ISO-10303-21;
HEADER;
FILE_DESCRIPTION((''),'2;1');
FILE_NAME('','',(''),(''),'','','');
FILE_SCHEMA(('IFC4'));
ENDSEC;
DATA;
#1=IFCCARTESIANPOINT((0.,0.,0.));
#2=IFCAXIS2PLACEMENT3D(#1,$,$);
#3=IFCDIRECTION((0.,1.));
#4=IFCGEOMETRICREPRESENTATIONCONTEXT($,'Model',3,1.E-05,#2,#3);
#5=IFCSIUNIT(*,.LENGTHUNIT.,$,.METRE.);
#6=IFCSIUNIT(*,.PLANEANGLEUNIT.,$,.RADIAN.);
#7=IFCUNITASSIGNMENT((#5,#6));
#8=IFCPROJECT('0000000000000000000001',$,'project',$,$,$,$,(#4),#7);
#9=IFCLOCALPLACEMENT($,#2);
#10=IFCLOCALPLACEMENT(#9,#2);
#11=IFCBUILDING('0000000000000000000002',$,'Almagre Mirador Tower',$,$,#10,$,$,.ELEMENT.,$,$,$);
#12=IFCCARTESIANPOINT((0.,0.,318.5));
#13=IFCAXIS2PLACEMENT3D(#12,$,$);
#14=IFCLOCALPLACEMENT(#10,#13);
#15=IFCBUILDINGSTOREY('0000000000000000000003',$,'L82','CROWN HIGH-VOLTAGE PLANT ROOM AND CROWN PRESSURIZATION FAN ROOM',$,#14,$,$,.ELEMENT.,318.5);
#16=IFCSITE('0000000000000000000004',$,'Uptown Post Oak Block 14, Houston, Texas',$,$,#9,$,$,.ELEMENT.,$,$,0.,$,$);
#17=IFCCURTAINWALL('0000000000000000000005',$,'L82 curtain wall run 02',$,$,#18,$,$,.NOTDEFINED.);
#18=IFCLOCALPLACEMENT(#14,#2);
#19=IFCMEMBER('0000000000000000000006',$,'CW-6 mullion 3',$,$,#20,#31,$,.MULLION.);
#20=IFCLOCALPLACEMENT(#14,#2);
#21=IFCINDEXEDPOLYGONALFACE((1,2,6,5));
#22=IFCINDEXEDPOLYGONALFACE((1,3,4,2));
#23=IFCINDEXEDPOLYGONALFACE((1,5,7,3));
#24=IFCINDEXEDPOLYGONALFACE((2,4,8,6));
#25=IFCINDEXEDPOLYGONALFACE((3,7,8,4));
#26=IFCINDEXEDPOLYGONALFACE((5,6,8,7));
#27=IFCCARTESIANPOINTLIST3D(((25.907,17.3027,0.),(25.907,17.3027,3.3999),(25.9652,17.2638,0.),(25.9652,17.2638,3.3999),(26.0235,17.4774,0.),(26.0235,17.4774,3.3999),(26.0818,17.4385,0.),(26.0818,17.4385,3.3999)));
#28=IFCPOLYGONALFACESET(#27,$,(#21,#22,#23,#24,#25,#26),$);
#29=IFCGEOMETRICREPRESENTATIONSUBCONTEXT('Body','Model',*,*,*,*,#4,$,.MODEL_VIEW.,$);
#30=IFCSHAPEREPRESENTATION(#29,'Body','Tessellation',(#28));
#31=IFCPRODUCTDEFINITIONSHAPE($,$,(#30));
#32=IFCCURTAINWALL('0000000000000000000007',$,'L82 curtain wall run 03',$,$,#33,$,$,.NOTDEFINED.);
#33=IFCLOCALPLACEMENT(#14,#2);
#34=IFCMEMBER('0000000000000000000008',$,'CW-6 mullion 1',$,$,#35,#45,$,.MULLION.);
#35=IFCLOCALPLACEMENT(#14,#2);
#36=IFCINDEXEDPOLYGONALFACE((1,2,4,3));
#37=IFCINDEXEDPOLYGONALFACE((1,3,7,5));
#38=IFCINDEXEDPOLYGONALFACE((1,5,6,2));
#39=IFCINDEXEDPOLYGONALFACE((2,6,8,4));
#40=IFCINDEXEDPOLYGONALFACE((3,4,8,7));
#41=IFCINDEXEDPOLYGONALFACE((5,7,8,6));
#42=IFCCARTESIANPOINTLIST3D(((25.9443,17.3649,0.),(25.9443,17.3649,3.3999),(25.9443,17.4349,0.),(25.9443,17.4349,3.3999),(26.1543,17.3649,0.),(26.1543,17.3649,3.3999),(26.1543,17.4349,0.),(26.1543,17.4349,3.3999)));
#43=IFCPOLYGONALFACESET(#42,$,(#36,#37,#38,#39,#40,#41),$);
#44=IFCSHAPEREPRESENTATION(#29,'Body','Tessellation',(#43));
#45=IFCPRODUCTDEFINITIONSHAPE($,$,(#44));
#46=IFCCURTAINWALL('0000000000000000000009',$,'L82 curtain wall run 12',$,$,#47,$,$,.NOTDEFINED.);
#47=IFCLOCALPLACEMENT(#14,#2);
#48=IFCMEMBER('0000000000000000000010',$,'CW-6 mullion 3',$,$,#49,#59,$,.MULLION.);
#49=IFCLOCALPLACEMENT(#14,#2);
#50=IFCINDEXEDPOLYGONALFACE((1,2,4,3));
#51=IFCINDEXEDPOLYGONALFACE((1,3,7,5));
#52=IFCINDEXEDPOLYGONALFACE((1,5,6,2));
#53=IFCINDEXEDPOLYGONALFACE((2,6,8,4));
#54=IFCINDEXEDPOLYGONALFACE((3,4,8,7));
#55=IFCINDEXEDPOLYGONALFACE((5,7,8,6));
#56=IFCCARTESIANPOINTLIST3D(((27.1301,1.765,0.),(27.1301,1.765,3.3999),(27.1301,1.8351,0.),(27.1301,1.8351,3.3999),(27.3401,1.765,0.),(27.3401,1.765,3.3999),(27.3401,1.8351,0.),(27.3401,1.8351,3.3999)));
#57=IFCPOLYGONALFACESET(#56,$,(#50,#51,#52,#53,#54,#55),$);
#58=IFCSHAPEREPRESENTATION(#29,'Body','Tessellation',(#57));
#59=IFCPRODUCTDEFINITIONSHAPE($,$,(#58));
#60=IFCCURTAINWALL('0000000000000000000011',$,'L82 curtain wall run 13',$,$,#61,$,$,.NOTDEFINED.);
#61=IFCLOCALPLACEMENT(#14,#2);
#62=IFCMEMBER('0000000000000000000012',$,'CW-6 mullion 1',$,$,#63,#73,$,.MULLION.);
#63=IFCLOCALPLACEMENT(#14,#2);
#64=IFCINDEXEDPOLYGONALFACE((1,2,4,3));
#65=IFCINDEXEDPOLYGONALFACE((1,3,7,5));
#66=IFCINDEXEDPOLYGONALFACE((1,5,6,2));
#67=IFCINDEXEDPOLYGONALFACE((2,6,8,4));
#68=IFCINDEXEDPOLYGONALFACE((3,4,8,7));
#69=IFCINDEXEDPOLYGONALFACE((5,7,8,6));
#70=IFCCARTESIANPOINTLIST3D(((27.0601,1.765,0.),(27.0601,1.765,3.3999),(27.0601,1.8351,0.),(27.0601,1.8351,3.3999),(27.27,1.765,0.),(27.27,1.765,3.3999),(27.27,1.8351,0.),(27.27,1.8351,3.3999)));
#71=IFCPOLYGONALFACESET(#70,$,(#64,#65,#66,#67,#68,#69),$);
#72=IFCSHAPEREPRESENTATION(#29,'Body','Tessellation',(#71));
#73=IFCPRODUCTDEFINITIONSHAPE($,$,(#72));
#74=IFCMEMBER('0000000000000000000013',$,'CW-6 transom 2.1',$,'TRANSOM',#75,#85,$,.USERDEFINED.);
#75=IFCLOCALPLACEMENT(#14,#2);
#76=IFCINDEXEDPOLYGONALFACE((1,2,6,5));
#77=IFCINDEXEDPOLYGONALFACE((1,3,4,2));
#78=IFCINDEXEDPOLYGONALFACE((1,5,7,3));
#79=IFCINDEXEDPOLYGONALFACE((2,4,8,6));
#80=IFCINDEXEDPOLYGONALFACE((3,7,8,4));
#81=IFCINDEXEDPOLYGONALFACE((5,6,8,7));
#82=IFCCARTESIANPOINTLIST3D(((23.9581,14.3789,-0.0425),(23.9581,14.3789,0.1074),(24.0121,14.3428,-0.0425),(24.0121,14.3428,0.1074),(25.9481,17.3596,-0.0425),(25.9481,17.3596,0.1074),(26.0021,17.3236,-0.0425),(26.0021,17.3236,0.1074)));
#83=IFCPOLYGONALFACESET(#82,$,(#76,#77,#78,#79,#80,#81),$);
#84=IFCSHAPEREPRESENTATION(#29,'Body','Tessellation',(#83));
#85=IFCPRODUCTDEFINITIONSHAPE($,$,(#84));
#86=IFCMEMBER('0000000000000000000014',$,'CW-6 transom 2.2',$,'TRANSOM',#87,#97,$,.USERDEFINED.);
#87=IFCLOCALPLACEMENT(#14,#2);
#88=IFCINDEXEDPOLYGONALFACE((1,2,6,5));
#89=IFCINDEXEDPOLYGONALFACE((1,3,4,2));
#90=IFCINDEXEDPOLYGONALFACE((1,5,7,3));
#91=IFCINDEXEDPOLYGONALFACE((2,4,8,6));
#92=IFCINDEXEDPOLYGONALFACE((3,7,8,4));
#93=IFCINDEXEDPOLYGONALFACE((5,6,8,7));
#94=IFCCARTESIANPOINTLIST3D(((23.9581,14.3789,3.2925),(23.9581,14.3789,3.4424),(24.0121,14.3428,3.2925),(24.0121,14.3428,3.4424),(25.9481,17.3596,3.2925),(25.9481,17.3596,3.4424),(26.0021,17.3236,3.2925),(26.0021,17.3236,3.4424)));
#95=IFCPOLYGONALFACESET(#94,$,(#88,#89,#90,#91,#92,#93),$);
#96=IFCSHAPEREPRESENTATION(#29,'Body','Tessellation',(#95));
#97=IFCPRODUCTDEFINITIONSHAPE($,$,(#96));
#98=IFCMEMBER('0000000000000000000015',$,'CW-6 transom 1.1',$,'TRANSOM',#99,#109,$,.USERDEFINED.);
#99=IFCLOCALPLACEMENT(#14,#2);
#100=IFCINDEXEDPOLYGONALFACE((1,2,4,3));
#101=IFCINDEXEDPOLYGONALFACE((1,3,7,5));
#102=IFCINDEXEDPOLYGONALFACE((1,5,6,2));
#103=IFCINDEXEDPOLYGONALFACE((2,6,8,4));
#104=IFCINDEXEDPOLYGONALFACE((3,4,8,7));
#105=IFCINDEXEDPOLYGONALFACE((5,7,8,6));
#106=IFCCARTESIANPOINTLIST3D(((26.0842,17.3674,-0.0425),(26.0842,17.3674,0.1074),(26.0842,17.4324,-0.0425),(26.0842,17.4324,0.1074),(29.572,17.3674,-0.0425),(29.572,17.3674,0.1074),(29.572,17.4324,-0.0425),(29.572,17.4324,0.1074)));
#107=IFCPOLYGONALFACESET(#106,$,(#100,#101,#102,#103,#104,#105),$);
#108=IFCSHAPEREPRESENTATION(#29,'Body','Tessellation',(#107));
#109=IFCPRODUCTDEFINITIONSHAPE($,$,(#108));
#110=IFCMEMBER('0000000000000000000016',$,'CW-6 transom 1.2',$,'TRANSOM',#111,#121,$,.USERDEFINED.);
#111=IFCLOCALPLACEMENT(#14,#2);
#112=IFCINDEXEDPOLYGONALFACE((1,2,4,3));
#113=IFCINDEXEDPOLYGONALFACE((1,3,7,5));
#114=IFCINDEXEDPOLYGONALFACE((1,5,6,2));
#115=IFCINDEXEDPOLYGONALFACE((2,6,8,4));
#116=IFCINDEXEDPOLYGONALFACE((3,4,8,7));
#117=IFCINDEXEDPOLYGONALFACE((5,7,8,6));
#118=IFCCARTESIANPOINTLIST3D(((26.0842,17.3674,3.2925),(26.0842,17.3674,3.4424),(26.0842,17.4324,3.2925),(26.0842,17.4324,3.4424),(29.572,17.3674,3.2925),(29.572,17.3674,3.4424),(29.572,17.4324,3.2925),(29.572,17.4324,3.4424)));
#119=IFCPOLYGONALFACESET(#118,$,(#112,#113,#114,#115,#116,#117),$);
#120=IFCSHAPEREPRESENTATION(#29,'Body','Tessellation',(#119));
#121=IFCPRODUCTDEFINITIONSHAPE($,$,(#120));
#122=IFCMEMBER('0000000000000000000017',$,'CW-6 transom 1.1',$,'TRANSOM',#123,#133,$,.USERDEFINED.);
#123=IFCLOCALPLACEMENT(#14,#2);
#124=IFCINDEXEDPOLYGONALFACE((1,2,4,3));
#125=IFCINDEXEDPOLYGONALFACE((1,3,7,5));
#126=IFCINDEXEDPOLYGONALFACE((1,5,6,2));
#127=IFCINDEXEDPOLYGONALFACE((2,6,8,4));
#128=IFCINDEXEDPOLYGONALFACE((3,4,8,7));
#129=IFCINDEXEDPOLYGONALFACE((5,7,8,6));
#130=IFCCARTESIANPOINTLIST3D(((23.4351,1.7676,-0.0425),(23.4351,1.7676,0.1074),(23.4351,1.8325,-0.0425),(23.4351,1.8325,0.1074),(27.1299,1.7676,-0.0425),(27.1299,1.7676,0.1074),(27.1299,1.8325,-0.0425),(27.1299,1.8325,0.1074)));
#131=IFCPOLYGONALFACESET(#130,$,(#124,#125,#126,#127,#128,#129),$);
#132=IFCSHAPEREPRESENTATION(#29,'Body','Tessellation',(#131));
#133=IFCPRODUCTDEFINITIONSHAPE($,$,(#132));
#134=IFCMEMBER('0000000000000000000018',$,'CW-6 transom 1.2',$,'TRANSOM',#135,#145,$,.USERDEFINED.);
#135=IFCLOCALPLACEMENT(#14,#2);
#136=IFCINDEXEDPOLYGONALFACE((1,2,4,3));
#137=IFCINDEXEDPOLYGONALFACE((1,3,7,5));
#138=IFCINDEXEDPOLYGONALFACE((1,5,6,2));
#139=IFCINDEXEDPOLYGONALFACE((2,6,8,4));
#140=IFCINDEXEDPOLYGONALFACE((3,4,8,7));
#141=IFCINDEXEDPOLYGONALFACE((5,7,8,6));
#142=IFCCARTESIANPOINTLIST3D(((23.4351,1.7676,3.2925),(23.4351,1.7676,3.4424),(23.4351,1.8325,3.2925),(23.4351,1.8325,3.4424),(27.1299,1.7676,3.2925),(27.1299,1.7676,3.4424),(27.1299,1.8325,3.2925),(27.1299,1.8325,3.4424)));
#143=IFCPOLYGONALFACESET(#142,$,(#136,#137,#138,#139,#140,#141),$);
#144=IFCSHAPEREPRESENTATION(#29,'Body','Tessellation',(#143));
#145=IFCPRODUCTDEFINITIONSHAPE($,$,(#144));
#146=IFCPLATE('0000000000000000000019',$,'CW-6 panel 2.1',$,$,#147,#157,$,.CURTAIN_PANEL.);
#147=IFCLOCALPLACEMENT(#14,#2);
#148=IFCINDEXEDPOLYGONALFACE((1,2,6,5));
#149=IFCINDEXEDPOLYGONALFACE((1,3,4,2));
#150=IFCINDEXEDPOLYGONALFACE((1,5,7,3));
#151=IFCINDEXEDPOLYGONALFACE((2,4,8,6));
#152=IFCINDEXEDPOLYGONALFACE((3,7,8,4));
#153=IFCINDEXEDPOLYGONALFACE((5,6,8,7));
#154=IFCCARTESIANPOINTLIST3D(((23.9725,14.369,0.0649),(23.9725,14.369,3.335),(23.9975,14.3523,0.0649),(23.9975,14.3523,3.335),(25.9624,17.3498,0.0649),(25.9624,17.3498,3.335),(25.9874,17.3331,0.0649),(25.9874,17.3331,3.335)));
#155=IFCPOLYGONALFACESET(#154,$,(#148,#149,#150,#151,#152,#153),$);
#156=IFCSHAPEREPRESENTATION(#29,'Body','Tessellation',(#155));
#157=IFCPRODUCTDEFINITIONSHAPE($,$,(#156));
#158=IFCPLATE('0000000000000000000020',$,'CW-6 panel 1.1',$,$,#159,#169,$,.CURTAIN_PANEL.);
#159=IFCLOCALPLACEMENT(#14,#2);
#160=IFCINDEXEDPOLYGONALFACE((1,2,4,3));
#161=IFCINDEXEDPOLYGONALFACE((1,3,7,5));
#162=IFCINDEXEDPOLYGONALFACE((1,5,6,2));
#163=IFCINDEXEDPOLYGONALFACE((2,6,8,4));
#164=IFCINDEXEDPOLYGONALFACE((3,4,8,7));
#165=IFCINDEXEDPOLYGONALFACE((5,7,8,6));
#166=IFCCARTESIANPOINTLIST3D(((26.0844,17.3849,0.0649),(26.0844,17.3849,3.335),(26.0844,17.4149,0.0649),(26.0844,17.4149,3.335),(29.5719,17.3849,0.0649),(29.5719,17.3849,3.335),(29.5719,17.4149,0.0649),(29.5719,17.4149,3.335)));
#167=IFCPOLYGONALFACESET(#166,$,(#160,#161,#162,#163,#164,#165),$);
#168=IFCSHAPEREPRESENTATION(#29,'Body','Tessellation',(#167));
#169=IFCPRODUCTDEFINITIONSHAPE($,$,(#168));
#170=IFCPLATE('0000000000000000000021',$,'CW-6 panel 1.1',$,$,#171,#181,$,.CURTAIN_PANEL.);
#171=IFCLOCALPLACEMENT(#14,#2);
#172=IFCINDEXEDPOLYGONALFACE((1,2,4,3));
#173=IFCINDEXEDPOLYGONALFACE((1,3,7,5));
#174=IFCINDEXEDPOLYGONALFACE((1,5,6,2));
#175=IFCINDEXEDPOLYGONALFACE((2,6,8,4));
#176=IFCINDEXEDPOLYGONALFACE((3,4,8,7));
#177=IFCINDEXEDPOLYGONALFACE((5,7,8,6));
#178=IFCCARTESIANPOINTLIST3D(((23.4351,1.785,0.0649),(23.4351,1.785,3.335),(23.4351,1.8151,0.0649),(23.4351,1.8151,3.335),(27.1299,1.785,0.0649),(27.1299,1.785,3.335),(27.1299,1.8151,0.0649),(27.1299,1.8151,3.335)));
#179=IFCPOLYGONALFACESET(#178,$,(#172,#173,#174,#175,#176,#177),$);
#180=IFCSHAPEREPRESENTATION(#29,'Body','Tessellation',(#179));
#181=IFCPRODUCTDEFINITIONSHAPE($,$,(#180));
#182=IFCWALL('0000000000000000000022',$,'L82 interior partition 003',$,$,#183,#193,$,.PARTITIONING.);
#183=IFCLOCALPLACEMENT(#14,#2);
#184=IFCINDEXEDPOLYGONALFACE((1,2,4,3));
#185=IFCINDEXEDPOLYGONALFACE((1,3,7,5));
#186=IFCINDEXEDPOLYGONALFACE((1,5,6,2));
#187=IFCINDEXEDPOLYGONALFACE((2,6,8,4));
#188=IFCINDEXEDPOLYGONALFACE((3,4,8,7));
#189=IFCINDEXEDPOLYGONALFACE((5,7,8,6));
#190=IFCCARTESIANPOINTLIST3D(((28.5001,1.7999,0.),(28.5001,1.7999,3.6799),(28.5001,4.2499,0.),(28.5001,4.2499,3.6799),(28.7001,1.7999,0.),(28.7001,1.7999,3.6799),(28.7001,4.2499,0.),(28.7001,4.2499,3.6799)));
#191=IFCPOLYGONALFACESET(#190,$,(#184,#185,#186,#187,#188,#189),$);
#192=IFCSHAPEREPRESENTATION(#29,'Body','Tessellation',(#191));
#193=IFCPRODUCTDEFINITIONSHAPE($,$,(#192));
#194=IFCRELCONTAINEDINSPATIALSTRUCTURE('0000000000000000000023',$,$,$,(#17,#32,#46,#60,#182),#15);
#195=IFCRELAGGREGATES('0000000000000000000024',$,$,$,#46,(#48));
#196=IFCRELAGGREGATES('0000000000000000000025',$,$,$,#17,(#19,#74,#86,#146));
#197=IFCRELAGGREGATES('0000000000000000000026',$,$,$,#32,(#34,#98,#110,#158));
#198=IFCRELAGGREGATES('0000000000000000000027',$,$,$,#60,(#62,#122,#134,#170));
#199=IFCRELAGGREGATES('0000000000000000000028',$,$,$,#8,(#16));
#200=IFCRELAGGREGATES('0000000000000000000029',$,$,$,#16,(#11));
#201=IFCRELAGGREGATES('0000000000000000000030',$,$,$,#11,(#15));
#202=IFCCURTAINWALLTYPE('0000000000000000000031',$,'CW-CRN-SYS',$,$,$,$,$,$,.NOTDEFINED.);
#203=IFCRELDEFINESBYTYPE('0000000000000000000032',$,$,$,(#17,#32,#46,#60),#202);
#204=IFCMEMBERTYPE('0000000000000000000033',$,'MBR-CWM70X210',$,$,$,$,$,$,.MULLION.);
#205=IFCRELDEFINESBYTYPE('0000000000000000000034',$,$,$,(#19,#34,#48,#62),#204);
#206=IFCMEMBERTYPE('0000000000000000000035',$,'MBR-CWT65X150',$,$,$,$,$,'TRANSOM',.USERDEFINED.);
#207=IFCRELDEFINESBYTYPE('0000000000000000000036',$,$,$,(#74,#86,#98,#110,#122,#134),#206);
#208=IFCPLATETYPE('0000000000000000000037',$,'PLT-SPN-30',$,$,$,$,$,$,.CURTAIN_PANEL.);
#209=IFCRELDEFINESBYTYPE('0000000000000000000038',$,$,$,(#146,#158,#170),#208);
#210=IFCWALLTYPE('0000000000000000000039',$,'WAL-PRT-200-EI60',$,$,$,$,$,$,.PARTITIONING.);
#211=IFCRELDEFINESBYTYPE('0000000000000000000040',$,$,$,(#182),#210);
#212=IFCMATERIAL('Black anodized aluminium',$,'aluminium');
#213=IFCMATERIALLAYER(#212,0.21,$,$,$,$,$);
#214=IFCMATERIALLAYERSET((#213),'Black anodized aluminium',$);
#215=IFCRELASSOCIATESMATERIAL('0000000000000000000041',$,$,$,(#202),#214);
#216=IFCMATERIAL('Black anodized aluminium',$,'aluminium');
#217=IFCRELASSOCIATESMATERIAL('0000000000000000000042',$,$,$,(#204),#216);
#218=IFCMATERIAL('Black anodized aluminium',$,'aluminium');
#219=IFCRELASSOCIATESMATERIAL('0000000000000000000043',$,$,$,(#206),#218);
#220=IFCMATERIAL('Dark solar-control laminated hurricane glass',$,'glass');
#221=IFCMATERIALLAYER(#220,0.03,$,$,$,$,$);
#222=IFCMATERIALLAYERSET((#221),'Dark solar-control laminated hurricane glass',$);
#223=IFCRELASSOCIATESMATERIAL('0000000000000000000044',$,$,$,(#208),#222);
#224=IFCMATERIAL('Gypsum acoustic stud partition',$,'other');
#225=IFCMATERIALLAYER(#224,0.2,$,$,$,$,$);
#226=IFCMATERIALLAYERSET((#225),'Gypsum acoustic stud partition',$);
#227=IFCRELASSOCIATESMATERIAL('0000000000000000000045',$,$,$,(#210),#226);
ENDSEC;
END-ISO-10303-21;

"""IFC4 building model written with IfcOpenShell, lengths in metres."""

from ifc_helpers import new_model, si_unit, direction, frame, frame_2d, origin, origin_2d, place, context, subcontext, project, spatial, rectangle, extrude, material, layer, layer_set, material_profile, profile_set, type_object, element, aggregate, save


model = new_model("IFC4")

# Units and contexts
model_context = context("Model", 3, precision=1e-05, world=origin(), true_north=direction((0.0, 1.0)))
body_context = subcontext(model_context, "Body", "Model", "MODEL_VIEW")
ifc_project = project(units=[si_unit("LENGTHUNIT", "METRE"), si_unit("PLANEANGLEUNIT", "RADIAN")], contexts=[model_context])

# Site, building, storey
site_placement = place(None, origin())
site = spatial("IfcSite", under=ifc_project, at=site_placement, Name="Uptown Post Oak Block 14, Houston, Texas", CompositionType="ELEMENT", RefElevation=0.0)
building_placement = place(site_placement, origin())
building = spatial("IfcBuilding", under=site, at=building_placement, Name="Almagre Mirador Tower", CompositionType="ELEMENT")
storey_placement = place(building_placement, frame((0.0, 0.0, 318.5)))
storey = spatial("IfcBuildingStorey", under=building, at=storey_placement, Name="L82", Description="CROWN HIGH-VOLTAGE PLANT ROOM AND CROWN PRESSURIZATION FAN ROOM", CompositionType="ELEMENT", Elevation=318.5)

# Curtain walls, members
ifc_material_1 = material(Name="Black anodized aluminium", Category="aluminium")
ifc_layer_1 = layer(ifc_material_1, 0.21)
ifc_layer_set_1 = layer_set([ifc_layer_1], Name="Black anodized aluminium")
curtain_wall_type = type_object("IfcCurtainWallType", Name="CW-CRN-SYS", PredefinedType="NOTDEFINED", material=ifc_layer_set_1)
curtain_wall_1_placement = place(storey_placement, origin())
curtain_wall_1 = element("IfcCurtainWall", 1, at=curtain_wall_1_placement, inside=storey, type_object=curtain_wall_type, Name="L82 curtain wall run 02", PredefinedType="NOTDEFINED")
ifc_material_2 = material(Name="Black anodized aluminium", Category="aluminium")
ifc_material_profile_1 = material_profile(ifc_material_2, rectangle(XDim=0.0701, YDim=0.21, at=origin_2d()), Name="CWM70X210")
ifc_profile_set_1 = profile_set([ifc_material_profile_1], Name="Black anodized aluminium")
member_type_1 = type_object("IfcMemberType", Name="MBR-CWM70X210", PredefinedType="MULLION", material=ifc_profile_set_1)
member_1_placement = place(storey_placement, frame((25.9944, 17.3706, 0.0), z_axis=(0.0, 0.0, 1.0), x_axis=(-0.831704, 0.555219, 0.0)))
member_1 = element("IfcMember", 2, at=member_1_placement, type_object=member_type_1, Name="CW-6 mullion 3", PredefinedType="MULLION", context=body_context, shape_type="SweptSolid", body=[
    extrude(rectangle(XDim=0.0701, YDim=0.21, at=origin_2d()), origin(), (0.0, 0.0, 1.0), 3.3999),
])
curtain_wall_2_placement = place(storey_placement, origin())
curtain_wall_2 = element("IfcCurtainWall", 3, at=curtain_wall_2_placement, inside=storey, type_object=curtain_wall_type, Name="L82 curtain wall run 03", PredefinedType="NOTDEFINED")
member_2_placement = place(storey_placement, frame((26.0493, 17.3999, 0.0), z_axis=(0.0, 0.0, 1.0), x_axis=(0.0, 1.0, 0.0)))
member_2 = element("IfcMember", 4, at=member_2_placement, type_object=member_type_1, Name="CW-6 mullion 1", PredefinedType="MULLION", context=body_context, shape_type="SweptSolid", body=[
    extrude(rectangle(XDim=0.0701, YDim=0.21, at=origin_2d()), origin(), (0.0, 0.0, 1.0), 3.3999),
])
curtain_wall_3_placement = place(storey_placement, origin())
curtain_wall_3 = element("IfcCurtainWall", 5, at=curtain_wall_3_placement, inside=storey, type_object=curtain_wall_type, Name="L82 curtain wall run 12", PredefinedType="NOTDEFINED")
member_3_placement = place(storey_placement, frame((27.2351, 1.8, 0.0), z_axis=(0.0, 0.0, 1.0), x_axis=(0.0, -1.0, 0.0)))
member_3 = element("IfcMember", 6, at=member_3_placement, type_object=member_type_1, Name="CW-6 mullion 3", PredefinedType="MULLION", context=body_context, shape_type="SweptSolid", body=[
    extrude(rectangle(XDim=0.0701, YDim=0.21, at=origin_2d()), origin(), (0.0, 0.0, 1.0), 3.3999),
])
aggregate(curtain_wall_3, [member_3])
curtain_wall_4_placement = place(storey_placement, origin())
curtain_wall_4 = element("IfcCurtainWall", 7, at=curtain_wall_4_placement, inside=storey, type_object=curtain_wall_type, Name="L82 curtain wall run 13", PredefinedType="NOTDEFINED")
member_4_placement = place(storey_placement, frame((27.165, 1.8, 0.0), z_axis=(0.0, 0.0, 1.0), x_axis=(0.0, -1.0, 0.0)))
member_4 = element("IfcMember", 8, at=member_4_placement, type_object=member_type_1, Name="CW-6 mullion 1", PredefinedType="MULLION", context=body_context, shape_type="SweptSolid", body=[
    extrude(rectangle(XDim=0.0701, YDim=0.21, at=origin_2d()), origin(), (0.0, 0.0, 1.0), 3.3999),
])

# Members
ifc_material_3 = material(Name="Black anodized aluminium", Category="aluminium")
ifc_material_profile_2 = material_profile(ifc_material_3, rectangle(XDim=0.0649, YDim=0.1499, at=origin_2d()), Name="CWT65X150")
ifc_profile_set_2 = profile_set([ifc_material_profile_2], Name="Black anodized aluminium")
member_type_2 = type_object("IfcMemberType", Name="MBR-CWT65X150", ElementType="TRANSOM", PredefinedType="USERDEFINED", material=ifc_profile_set_2)
member_5_placement = place(storey_placement, frame((23.9851, 14.3608, 0.0325), z_axis=(0.55525, 0.831683, 0.0), x_axis=(-0.831683, 0.55525, 0.0)))
member_5 = element("IfcMember", 9, at=member_5_placement, type_object=member_type_2, Name="CW-6 transom 2.1", ObjectType="TRANSOM", PredefinedType="USERDEFINED", context=body_context, shape_type="SweptSolid", body=[
    extrude(rectangle(XDim=0.0649, YDim=0.1499, at=origin_2d()), origin(), (0.0, 0.0, 1.0), 3.584),
])
member_6_placement = place(storey_placement, frame((23.9851, 14.3608, 3.3674), z_axis=(0.55525, 0.831683, 0.0), x_axis=(-0.831683, 0.55525, 0.0)))
member_6 = element("IfcMember", 10, at=member_6_placement, type_object=member_type_2, Name="CW-6 transom 2.2", ObjectType="TRANSOM", PredefinedType="USERDEFINED", context=body_context, shape_type="SweptSolid", body=[
    extrude(rectangle(XDim=0.0649, YDim=0.1499, at=origin_2d()), origin(), (0.0, 0.0, 1.0), 3.584),
])
member_7_placement = place(storey_placement, frame((26.0842, 17.3999, 0.0325), z_axis=(1.0, 0.0, 0.0), x_axis=(0.0, 1.0, 0.0)))
member_7 = element("IfcMember", 11, at=member_7_placement, type_object=member_type_2, Name="CW-6 transom 1.1", ObjectType="TRANSOM", PredefinedType="USERDEFINED", context=body_context, shape_type="SweptSolid", body=[
    extrude(rectangle(XDim=0.0649, YDim=0.1499, at=origin_2d()), origin(), (0.0, 0.0, 1.0), 3.4878),
])
member_8_placement = place(storey_placement, frame((26.0842, 17.3999, 3.3674), z_axis=(1.0, 0.0, 0.0), x_axis=(0.0, 1.0, 0.0)))
member_8 = element("IfcMember", 12, at=member_8_placement, type_object=member_type_2, Name="CW-6 transom 1.2", ObjectType="TRANSOM", PredefinedType="USERDEFINED", context=body_context, shape_type="SweptSolid", body=[
    extrude(rectangle(XDim=0.0649, YDim=0.1499, at=origin_2d()), origin(), (0.0, 0.0, 1.0), 3.4878),
])
member_9_placement = place(storey_placement, frame((27.1299, 1.8, 0.0325), z_axis=(-1.0, 0.0, 0.0), x_axis=(0.0, -1.0, 0.0)))
member_9 = element("IfcMember", 13, at=member_9_placement, type_object=member_type_2, Name="CW-6 transom 1.1", ObjectType="TRANSOM", PredefinedType="USERDEFINED", context=body_context, shape_type="SweptSolid", body=[
    extrude(rectangle(XDim=0.0649, YDim=0.1499, at=origin_2d()), origin(), (0.0, 0.0, 1.0), 3.6948),
])
member_10_placement = place(storey_placement, frame((27.1299, 1.8, 3.3674), z_axis=(-1.0, 0.0, 0.0), x_axis=(0.0, -1.0, 0.0)))
member_10 = element("IfcMember", 14, at=member_10_placement, type_object=member_type_2, Name="CW-6 transom 1.2", ObjectType="TRANSOM", PredefinedType="USERDEFINED", context=body_context, shape_type="SweptSolid", body=[
    extrude(rectangle(XDim=0.0649, YDim=0.1499, at=origin_2d()), origin(), (0.0, 0.0, 1.0), 3.6948),
])

# Plates
ifc_material_4 = material(Name="Dark solar-control laminated hurricane glass", Category="glass")
ifc_layer_2 = layer(ifc_material_4, 0.03)
ifc_layer_set_2 = layer_set([ifc_layer_2], Name="Dark solar-control laminated hurricane glass")
plate_type = type_object("IfcPlateType", Name="PLT-SPN-30", PredefinedType="CURTAIN_PANEL", material=ifc_layer_set_2)
plate_1_placement = place(storey_placement, frame((24.98, 15.8511, 0.0649), z_axis=(0.0, 0.0, 1.0), x_axis=(0.555219, 0.831704, 0.0)))
plate_1 = element("IfcPlate", 15, at=plate_1_placement, type_object=plate_type, Name="CW-6 panel 2.1", PredefinedType="CURTAIN_PANEL", context=body_context, shape_type="SweptSolid", body=[
    extrude(rectangle(XDim=3.584, YDim=0.03, at=origin_2d()), origin(), (0.0, 0.0, 1.0), 3.27),
])
aggregate(curtain_wall_1, [member_1, member_5, member_6, plate_1])
plate_2_placement = place(storey_placement, frame((27.8281, 17.3999, 0.0649), z_axis=(0.0, 0.0, 1.0), x_axis=(1.0, 0.0, 0.0)))
plate_2 = element("IfcPlate", 16, at=plate_2_placement, type_object=plate_type, Name="CW-6 panel 1.1", PredefinedType="CURTAIN_PANEL", context=body_context, shape_type="SweptSolid", body=[
    extrude(rectangle(XDim=3.4875, YDim=0.03, at=origin_2d()), origin(), (0.0, 0.0, 1.0), 3.27),
])
aggregate(curtain_wall_2, [member_2, member_7, member_8, plate_2])
plate_3_placement = place(storey_placement, frame((25.2825, 1.8, 0.0649), z_axis=(0.0, 0.0, 1.0), x_axis=(-1.0, 0.0, 0.0)))
plate_3 = element("IfcPlate", 17, at=plate_3_placement, type_object=plate_type, Name="CW-6 panel 1.1", PredefinedType="CURTAIN_PANEL", context=body_context, shape_type="SweptSolid", body=[
    extrude(rectangle(XDim=3.6948, YDim=0.03, at=origin_2d()), origin(), (0.0, 0.0, 1.0), 3.27),
])
aggregate(curtain_wall_4, [member_4, member_9, member_10, plate_3])

# Wall
ifc_material_5 = material(Name="Gypsum acoustic stud partition", Category="other")
ifc_layer_3 = layer(ifc_material_5, 0.2)
ifc_layer_set_3 = layer_set([ifc_layer_3], Name="Gypsum acoustic stud partition")
wall_type_1 = type_object("IfcWallType", Name="WAL-PRT-200-EI60", PredefinedType="PARTITIONING", material=ifc_layer_set_3)
wall_1_placement = place(storey_placement, frame((28.6001, 4.25, 0.0), z_axis=(0.0, 0.0, 1.0), x_axis=(0.0, -1.0, 0.0)))
element("IfcWall", 18, at=wall_1_placement, inside=storey, type_object=wall_type_1, Name="L82 interior partition 003", PredefinedType="PARTITIONING", context=body_context, shape_type="SweptSolid", body=[
    extrude(rectangle(XDim=2.45, YDim=0.2, at=frame_2d((1.2251, 0.0))), origin(), (0.0, 0.0, 1.0), 3.6799),
])

save(model, "model.ifc")
